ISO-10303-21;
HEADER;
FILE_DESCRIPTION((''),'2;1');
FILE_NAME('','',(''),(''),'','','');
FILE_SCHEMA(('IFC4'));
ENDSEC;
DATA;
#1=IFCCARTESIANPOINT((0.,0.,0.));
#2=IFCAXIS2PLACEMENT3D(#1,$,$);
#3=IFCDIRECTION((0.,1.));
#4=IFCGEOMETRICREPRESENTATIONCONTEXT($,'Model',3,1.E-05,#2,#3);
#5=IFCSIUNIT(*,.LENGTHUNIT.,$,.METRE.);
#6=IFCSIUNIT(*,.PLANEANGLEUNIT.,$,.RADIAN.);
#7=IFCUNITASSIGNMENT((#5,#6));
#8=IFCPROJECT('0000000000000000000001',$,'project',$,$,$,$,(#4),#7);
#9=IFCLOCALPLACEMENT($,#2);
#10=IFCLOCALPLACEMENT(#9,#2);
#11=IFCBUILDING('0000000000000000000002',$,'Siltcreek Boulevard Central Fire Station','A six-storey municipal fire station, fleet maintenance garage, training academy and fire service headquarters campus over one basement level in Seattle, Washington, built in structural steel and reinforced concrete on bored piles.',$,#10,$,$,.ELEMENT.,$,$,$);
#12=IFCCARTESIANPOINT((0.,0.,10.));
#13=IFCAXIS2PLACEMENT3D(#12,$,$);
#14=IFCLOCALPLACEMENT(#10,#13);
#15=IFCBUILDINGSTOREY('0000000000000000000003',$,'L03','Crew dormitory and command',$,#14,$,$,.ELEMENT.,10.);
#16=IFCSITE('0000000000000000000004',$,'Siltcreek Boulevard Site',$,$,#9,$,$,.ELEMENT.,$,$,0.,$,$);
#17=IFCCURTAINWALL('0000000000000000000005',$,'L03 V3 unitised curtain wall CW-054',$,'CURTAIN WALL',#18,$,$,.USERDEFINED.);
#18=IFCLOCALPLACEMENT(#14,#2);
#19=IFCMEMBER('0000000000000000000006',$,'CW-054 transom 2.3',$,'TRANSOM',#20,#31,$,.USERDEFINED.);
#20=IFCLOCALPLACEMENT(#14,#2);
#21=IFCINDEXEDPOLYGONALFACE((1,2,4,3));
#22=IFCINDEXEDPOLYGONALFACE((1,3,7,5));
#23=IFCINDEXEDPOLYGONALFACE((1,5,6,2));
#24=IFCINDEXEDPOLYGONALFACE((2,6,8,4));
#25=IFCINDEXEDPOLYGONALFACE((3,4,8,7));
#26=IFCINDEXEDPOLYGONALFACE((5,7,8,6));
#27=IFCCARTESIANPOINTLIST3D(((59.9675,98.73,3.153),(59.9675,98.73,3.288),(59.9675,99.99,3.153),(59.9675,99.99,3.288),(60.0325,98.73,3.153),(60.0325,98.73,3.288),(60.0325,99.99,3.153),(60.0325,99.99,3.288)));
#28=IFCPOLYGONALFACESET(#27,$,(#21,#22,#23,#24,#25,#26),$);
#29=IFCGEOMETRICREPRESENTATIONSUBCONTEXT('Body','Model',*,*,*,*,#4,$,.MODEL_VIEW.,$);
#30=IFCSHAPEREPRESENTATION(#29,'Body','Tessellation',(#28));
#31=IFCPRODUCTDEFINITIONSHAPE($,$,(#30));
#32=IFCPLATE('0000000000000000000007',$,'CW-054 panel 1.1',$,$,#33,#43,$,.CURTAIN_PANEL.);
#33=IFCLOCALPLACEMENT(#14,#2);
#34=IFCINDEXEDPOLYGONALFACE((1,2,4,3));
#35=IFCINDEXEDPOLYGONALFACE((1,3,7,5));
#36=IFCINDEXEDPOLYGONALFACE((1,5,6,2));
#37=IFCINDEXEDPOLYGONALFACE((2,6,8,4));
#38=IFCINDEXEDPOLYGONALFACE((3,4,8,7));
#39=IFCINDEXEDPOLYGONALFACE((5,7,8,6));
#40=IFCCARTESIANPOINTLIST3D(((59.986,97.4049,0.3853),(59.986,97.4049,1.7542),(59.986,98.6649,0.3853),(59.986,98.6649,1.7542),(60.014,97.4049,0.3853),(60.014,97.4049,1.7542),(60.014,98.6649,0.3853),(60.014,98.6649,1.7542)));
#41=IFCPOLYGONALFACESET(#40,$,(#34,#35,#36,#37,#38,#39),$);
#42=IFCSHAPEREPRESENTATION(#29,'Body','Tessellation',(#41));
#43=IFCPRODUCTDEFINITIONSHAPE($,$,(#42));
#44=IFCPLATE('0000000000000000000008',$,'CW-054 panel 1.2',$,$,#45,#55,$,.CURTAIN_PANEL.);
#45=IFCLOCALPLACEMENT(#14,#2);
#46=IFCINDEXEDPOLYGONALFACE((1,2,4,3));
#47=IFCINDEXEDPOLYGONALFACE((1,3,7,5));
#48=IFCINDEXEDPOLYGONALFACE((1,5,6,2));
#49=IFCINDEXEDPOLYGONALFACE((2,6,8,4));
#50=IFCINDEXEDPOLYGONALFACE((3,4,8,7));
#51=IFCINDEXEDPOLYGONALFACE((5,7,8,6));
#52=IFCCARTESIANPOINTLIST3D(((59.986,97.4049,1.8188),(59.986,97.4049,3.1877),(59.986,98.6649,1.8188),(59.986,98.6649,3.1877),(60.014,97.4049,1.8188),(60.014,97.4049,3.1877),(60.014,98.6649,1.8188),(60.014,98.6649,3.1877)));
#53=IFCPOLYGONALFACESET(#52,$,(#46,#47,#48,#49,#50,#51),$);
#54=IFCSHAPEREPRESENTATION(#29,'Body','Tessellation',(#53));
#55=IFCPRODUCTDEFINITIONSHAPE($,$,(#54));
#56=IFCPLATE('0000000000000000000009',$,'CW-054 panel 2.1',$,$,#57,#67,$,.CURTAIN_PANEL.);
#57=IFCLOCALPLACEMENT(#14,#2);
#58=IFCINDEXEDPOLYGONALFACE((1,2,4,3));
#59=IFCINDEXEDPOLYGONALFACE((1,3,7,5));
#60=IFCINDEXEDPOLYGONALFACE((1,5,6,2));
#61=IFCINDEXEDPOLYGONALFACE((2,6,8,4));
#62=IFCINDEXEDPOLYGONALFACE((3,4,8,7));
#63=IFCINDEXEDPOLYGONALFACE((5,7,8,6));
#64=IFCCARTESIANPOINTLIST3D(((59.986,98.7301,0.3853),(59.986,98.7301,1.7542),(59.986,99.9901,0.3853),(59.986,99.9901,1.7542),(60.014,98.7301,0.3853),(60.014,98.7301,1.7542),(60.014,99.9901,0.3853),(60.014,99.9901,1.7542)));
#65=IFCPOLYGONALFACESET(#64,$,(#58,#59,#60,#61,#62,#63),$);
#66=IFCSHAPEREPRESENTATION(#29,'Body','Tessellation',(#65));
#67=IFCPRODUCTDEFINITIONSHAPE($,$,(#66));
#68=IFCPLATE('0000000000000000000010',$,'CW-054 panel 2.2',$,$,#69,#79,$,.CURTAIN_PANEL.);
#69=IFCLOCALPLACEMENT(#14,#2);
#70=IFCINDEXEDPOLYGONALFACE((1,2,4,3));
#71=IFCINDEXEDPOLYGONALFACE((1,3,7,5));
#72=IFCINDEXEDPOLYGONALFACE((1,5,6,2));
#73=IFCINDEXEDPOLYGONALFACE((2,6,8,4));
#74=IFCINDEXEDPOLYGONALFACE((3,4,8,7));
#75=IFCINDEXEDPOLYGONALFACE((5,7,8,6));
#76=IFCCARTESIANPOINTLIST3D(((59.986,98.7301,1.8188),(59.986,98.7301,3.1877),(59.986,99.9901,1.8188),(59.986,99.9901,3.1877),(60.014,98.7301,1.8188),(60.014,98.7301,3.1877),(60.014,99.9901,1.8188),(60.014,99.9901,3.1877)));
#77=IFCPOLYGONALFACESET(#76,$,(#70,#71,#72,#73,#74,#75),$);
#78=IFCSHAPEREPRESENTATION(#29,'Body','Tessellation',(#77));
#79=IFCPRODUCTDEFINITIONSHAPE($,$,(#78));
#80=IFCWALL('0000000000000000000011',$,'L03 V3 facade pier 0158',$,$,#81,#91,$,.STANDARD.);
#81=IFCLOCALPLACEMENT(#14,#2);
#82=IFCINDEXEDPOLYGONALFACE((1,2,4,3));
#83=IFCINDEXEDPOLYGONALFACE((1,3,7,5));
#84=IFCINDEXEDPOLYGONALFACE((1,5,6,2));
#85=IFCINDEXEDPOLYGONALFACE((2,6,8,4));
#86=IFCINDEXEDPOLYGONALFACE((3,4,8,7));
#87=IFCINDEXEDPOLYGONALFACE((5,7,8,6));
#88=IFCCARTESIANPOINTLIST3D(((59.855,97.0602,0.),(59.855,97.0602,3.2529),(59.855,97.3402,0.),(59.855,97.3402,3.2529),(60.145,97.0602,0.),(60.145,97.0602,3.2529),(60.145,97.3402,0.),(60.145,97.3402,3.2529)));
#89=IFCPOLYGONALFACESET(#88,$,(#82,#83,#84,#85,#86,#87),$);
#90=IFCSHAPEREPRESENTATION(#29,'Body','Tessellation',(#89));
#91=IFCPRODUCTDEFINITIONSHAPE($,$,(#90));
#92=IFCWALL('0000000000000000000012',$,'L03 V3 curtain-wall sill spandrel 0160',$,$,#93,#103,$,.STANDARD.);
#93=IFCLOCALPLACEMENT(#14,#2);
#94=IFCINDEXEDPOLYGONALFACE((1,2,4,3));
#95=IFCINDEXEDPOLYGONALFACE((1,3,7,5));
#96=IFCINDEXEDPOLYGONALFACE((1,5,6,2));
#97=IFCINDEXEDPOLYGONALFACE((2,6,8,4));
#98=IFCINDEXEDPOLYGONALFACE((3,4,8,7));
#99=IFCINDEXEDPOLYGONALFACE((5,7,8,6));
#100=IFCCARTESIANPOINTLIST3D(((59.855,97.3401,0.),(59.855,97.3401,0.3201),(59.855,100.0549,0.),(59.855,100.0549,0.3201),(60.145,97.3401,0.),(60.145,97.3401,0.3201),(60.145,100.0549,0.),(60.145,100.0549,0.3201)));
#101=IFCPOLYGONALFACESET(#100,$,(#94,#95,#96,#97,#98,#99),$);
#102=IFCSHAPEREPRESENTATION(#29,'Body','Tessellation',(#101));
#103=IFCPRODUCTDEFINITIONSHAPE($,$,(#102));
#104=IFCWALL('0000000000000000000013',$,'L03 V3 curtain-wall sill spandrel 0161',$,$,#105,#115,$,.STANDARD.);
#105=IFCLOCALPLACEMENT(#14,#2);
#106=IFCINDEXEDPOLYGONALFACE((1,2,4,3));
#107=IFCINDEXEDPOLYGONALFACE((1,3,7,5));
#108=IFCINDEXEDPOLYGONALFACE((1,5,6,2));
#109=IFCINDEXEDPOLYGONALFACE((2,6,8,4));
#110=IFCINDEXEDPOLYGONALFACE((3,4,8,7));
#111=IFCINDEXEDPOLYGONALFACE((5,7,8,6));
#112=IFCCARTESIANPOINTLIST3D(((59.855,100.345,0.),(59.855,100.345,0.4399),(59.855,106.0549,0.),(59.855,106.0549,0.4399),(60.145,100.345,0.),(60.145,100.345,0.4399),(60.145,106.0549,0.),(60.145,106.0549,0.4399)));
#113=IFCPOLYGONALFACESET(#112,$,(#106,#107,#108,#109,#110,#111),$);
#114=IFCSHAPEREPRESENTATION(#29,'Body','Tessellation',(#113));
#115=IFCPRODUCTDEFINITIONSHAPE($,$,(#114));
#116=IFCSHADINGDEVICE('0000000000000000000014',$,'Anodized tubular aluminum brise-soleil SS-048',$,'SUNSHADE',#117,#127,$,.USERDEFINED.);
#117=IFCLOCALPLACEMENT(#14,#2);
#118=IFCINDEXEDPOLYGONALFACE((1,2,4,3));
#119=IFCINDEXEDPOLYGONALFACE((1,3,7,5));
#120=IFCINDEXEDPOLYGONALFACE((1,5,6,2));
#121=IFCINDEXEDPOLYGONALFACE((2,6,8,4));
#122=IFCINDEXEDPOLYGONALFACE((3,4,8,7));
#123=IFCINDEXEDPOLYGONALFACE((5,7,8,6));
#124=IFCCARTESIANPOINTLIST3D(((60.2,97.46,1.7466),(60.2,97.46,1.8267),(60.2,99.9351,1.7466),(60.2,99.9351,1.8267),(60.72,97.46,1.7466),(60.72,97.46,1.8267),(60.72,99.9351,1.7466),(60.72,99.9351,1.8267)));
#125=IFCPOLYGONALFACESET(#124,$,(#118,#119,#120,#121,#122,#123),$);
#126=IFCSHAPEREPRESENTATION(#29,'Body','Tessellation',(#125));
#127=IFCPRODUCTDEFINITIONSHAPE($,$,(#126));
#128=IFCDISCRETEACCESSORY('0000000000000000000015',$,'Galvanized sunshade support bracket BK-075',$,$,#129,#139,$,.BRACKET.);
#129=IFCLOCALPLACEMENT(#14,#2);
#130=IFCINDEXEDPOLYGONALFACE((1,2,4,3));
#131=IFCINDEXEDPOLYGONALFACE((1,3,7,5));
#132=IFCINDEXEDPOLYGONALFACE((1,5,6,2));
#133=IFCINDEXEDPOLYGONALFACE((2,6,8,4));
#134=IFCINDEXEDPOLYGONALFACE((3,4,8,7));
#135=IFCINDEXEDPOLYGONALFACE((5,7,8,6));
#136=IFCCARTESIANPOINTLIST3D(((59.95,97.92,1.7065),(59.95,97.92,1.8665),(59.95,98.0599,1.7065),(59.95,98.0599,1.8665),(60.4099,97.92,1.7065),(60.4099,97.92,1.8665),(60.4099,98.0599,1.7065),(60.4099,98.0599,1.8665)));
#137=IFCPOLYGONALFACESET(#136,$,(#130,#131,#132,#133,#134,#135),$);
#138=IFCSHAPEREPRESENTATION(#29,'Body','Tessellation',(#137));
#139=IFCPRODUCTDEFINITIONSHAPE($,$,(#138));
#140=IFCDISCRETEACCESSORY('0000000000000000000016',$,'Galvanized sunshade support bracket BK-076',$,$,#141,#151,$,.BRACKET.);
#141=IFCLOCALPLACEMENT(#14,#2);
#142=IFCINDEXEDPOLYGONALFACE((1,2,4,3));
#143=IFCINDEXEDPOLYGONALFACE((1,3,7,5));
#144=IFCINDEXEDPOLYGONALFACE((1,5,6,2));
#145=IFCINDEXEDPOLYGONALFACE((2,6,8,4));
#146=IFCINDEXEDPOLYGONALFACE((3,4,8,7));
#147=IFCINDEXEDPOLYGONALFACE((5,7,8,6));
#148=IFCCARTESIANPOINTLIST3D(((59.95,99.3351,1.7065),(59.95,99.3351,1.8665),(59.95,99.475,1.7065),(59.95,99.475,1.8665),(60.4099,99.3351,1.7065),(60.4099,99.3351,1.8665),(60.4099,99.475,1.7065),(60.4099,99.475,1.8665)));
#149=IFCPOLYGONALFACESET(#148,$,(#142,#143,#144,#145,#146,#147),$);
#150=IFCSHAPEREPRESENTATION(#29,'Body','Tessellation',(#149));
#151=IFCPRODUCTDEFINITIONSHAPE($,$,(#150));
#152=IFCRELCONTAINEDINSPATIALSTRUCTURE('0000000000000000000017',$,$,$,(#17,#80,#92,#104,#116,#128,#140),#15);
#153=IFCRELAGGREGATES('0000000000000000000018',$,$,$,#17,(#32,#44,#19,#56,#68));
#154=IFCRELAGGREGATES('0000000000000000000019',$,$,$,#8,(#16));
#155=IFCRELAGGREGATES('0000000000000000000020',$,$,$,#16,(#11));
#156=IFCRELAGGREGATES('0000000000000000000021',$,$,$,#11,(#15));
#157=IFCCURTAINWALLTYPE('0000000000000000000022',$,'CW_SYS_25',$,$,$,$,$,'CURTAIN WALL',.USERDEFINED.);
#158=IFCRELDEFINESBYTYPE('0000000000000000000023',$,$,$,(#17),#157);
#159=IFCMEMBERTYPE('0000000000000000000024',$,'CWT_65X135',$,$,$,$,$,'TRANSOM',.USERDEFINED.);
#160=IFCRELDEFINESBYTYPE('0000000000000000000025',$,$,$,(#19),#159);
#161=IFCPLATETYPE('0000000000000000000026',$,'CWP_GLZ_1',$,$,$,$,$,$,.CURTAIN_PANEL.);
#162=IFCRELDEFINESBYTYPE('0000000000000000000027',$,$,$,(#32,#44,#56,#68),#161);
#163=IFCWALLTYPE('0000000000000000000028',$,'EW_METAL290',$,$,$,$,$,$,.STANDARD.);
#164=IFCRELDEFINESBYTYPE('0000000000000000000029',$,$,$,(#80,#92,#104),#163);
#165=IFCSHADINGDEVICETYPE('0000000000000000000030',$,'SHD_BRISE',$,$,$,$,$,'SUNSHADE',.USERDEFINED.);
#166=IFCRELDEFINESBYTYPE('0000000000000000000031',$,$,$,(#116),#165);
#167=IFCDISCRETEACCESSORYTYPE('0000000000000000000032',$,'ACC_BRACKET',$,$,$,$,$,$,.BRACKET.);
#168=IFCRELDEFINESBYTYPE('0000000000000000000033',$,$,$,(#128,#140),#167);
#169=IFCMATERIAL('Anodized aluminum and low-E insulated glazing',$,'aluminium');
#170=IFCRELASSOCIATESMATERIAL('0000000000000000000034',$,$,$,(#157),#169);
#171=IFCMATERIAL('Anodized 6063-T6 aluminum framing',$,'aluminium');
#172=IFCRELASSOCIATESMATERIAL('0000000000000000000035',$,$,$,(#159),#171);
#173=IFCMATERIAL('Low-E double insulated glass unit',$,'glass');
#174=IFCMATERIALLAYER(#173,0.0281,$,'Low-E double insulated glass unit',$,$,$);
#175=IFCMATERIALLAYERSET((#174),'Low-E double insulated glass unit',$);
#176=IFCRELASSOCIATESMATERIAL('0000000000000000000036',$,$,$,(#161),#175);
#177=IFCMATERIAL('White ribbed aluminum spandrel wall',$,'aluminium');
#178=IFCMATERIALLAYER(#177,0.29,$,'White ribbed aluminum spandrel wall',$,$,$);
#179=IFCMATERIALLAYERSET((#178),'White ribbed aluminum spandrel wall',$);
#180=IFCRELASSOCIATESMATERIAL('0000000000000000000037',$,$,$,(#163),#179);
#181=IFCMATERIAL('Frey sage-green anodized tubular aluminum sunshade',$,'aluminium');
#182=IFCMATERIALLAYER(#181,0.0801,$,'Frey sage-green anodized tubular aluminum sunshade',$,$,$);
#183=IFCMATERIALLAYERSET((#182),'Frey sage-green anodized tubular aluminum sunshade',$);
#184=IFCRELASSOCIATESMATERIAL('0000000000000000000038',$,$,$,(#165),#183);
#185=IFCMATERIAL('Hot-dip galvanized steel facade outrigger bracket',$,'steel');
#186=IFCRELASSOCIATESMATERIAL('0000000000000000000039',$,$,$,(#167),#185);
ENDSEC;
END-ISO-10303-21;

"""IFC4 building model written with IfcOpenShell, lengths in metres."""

from ifc_helpers import new_model, si_unit, direction, frame, frame_2d, origin, origin_2d, place, context, subcontext, project, spatial, rectangle, extrude, material, layer, layer_set, material_profile, profile_set, type_object, element, aggregate, save


model = new_model("IFC4")

# Units and contexts
model_context = context("Model", 3, precision=1e-05, world=origin(), true_north=direction((0.0, 1.0)))
body_context = subcontext(model_context, "Body", "Model", "MODEL_VIEW")
ifc_project = project(units=[si_unit("LENGTHUNIT", "METRE"), si_unit("PLANEANGLEUNIT", "RADIAN")], contexts=[model_context])

# Site, building, storey
site_placement = place(None, origin())
site = spatial("IfcSite", under=ifc_project, at=site_placement, Name="Siltcreek Boulevard Site", CompositionType="ELEMENT", RefElevation=0.0)
building_placement = place(site_placement, origin())
building = spatial("IfcBuilding", under=site, at=building_placement, Name="Siltcreek Boulevard Central Fire Station", Description="A six-storey municipal fire station, fleet maintenance garage, training academy and fire service headquarters campus over one basement level in Seattle, Washington, built in structural steel and reinforced concrete on bored piles.", CompositionType="ELEMENT")
storey_placement = place(building_placement, frame((0.0, 0.0, 10.0)))
storey = spatial("IfcBuildingStorey", under=building, at=storey_placement, Name="L03", Description="Crew dormitory and command", CompositionType="ELEMENT", Elevation=10.0)

# Shared definitions
ifc_material_1 = material(Name="Anodized aluminum and low-E insulated glazing", Category="aluminium")
ifc_material_2 = material(Name="Anodized 6063-T6 aluminum framing", Category="aluminium")

# Curtain wall, member, plates
curtain_wall_type_1 = type_object("IfcCurtainWallType", Name="CW_SYS_25", ElementType="CURTAIN WALL", PredefinedType="USERDEFINED", material=ifc_material_1)
curtain_wall_1_placement = place(storey_placement, origin())
curtain_wall_1 = element("IfcCurtainWall", 1, at=curtain_wall_1_placement, inside=storey, type_object=curtain_wall_type_1, Name="L03 V3 unitised curtain wall CW-054", ObjectType="CURTAIN WALL", PredefinedType="USERDEFINED")
ifc_material_profile_1 = material_profile(ifc_material_2, rectangle(XDim=0.0649, YDim=0.135, at=origin_2d()), Name="TRAN65X135")
ifc_profile_set_1 = profile_set([ifc_material_profile_1], Name="Anodized 6063-T6 aluminum framing")
member_type_1 = type_object("IfcMemberType", Name="CWT_65X135", ElementType="TRANSOM", PredefinedType="USERDEFINED", material=ifc_profile_set_1)
member_1_placement = place(storey_placement, frame((60.0, 98.73, 3.2205), z_axis=(0.0, 1.0, 0.0), x_axis=(-1.0, 0.0, 0.0)))
member_1 = element("IfcMember", 2, at=member_1_placement, type_object=member_type_1, Name="CW-054 transom 2.3", ObjectType="TRANSOM", PredefinedType="USERDEFINED", context=body_context, shape_type="SweptSolid", body=[
    extrude(rectangle(XDim=0.0649, YDim=0.135, at=origin_2d()), origin(), (0.0, 0.0, 1.0), 1.26),
])
ifc_material_3 = material(Name="Low-E double insulated glass unit", Category="glass")
ifc_layer_1 = layer(ifc_material_3, 0.0281, Name="Low-E double insulated glass unit")
ifc_layer_set_1 = layer_set([ifc_layer_1], Name="Low-E double insulated glass unit")
plate_type = type_object("IfcPlateType", Name="CWP_GLZ_1", PredefinedType="CURTAIN_PANEL", material=ifc_layer_set_1)
plate_1_placement = place(storey_placement, frame((60.0, 98.0349, 0.3853), z_axis=(0.0, 0.0, 1.0), x_axis=(0.0, 1.0, 0.0)))
plate_1 = element("IfcPlate", 3, at=plate_1_placement, type_object=plate_type, Name="CW-054 panel 1.1", PredefinedType="CURTAIN_PANEL", context=body_context, shape_type="SweptSolid", body=[
    extrude(rectangle(XDim=1.26, YDim=0.0281, at=origin_2d()), origin(), (0.0, 0.0, 1.0), 1.3689),
])
plate_2_placement = place(storey_placement, frame((60.0, 98.0349, 1.8188), z_axis=(0.0, 0.0, 1.0), x_axis=(0.0, 1.0, 0.0)))
plate_2 = element("IfcPlate", 4, at=plate_2_placement, type_object=plate_type, Name="CW-054 panel 1.2", PredefinedType="CURTAIN_PANEL", context=body_context, shape_type="SweptSolid", body=[
    extrude(rectangle(XDim=1.26, YDim=0.0281, at=origin_2d()), origin(), (0.0, 0.0, 1.0), 1.3689),
])
plate_3_placement = place(storey_placement, frame((60.0, 99.3601, 0.3853), z_axis=(0.0, 0.0, 1.0), x_axis=(0.0, 1.0, 0.0)))
plate_3 = element("IfcPlate", 5, at=plate_3_placement, type_object=plate_type, Name="CW-054 panel 2.1", PredefinedType="CURTAIN_PANEL", context=body_context, shape_type="SweptSolid", body=[
    extrude(rectangle(XDim=1.26, YDim=0.0281, at=origin_2d()), origin(), (0.0, 0.0, 1.0), 1.3689),
])
plate_4_placement = place(storey_placement, frame((60.0, 99.3601, 1.8188), z_axis=(0.0, 0.0, 1.0), x_axis=(0.0, 1.0, 0.0)))
plate_4 = element("IfcPlate", 6, at=plate_4_placement, type_object=plate_type, Name="CW-054 panel 2.2", PredefinedType="CURTAIN_PANEL", context=body_context, shape_type="SweptSolid", body=[
    extrude(rectangle(XDim=1.26, YDim=0.0281, at=origin_2d()), origin(), (0.0, 0.0, 1.0), 1.3689),
])
aggregate(curtain_wall_1, [plate_1, plate_2, member_1, plate_3, plate_4])

# Walls
ifc_material_4 = material(Name="White ribbed aluminum spandrel wall", Category="aluminium")
ifc_layer_2 = layer(ifc_material_4, 0.29, Name="White ribbed aluminum spandrel wall")
ifc_layer_set_2 = layer_set([ifc_layer_2], Name="White ribbed aluminum spandrel wall")
wall_type = type_object("IfcWallType", Name="EW_METAL290", PredefinedType="STANDARD", material=ifc_layer_set_2)
wall_1_placement = place(storey_placement, frame((60.0, 97.0601, 0.0), z_axis=(0.0, 0.0, 1.0), x_axis=(0.0, 1.0, 0.0)))
element("IfcWall", 7, at=wall_1_placement, inside=storey, type_object=wall_type, Name="L03 V3 facade pier 0158", PredefinedType="STANDARD", context=body_context, shape_type="SweptSolid", body=[
    extrude(rectangle(XDim=0.28, YDim=0.29, at=frame_2d((0.1401, 0.0))), origin(), (0.0, 0.0, 1.0), 3.2529),
])
wall_2_placement = place(storey_placement, frame((60.0, 97.3401, 0.0), z_axis=(0.0, 0.0, 1.0), x_axis=(0.0, 1.0, 0.0)))
element("IfcWall", 8, at=wall_2_placement, inside=storey, type_object=wall_type, Name="L03 V3 curtain-wall sill spandrel 0160", PredefinedType="STANDARD", context=body_context, shape_type="SweptSolid", body=[
    extrude(rectangle(XDim=2.7148, YDim=0.29, at=frame_2d((1.3574, 0.0))), origin(), (0.0, 0.0, 1.0), 0.3201),
])
wall_3_placement = place(storey_placement, frame((60.0, 100.345, 0.0), z_axis=(0.0, 0.0, 1.0), x_axis=(0.0, 1.0, 0.0)))
element("IfcWall", 9, at=wall_3_placement, inside=storey, type_object=wall_type, Name="L03 V3 curtain-wall sill spandrel 0161", PredefinedType="STANDARD", context=body_context, shape_type="SweptSolid", body=[
    extrude(rectangle(XDim=5.71, YDim=0.29, at=frame_2d((2.855, 0.0))), origin(), (0.0, 0.0, 1.0), 0.4399),
])

# Shading device
ifc_material_5 = material(Name="Frey sage-green anodized tubular aluminum sunshade", Category="aluminium")
ifc_layer_3 = layer(ifc_material_5, 0.0801, Name="Frey sage-green anodized tubular aluminum sunshade")
ifc_layer_set_3 = layer_set([ifc_layer_3], Name="Frey sage-green anodized tubular aluminum sunshade")
shading_device_type = type_object("IfcShadingDeviceType", Name="SHD_BRISE", ElementType="SUNSHADE", PredefinedType="USERDEFINED", material=ifc_layer_set_3)
shading_device_placement = place(storey_placement, frame((60.46, 98.6975, 1.7466), z_axis=(0.0, 0.0, 1.0), x_axis=(0.0, 1.0, 0.0)))
element("IfcShadingDevice", 10, at=shading_device_placement, inside=storey, type_object=shading_device_type, Name="Anodized tubular aluminum brise-soleil SS-048", ObjectType="SUNSHADE", PredefinedType="USERDEFINED", context=body_context, shape_type="SweptSolid", body=[
    extrude(rectangle(XDim=2.4751, YDim=0.52, at=origin_2d()), origin(), (0.0, 0.0, 1.0), 0.0801),
])

# Discrete accessories
ifc_material_6 = material(Name="Hot-dip galvanized steel facade outrigger bracket", Category="steel")
discrete_accessory_type = type_object("IfcDiscreteAccessoryType", Name="ACC_BRACKET", PredefinedType="BRACKET", material=ifc_material_6)
for number, where, z_axis, x_axis, name in (
    (11, (60.1799, 97.99, 1.7065), (0.0, 0.0, 1.0), (0.0, 1.0, 0.0), "Galvanized sunshade support bracket BK-075"),
    (12, (60.1799, 99.405, 1.7065), (0.0, 0.0, 1.0), (0.0, 1.0, 0.0), "Galvanized sunshade support bracket BK-076"),
):
    element("IfcDiscreteAccessory", number, at=place(storey_placement, frame(where, z_axis=z_axis, x_axis=x_axis)), inside=storey, type_object=discrete_accessory_type, Name=name, PredefinedType="BRACKET", context=body_context, shape_type="SweptSolid", body=[
        extrude(rectangle(XDim=0.1399, YDim=0.46, at=origin_2d()), origin(), (0.0, 0.0, 1.0), 0.1599),
    ])

save(model, "model.ifc")
